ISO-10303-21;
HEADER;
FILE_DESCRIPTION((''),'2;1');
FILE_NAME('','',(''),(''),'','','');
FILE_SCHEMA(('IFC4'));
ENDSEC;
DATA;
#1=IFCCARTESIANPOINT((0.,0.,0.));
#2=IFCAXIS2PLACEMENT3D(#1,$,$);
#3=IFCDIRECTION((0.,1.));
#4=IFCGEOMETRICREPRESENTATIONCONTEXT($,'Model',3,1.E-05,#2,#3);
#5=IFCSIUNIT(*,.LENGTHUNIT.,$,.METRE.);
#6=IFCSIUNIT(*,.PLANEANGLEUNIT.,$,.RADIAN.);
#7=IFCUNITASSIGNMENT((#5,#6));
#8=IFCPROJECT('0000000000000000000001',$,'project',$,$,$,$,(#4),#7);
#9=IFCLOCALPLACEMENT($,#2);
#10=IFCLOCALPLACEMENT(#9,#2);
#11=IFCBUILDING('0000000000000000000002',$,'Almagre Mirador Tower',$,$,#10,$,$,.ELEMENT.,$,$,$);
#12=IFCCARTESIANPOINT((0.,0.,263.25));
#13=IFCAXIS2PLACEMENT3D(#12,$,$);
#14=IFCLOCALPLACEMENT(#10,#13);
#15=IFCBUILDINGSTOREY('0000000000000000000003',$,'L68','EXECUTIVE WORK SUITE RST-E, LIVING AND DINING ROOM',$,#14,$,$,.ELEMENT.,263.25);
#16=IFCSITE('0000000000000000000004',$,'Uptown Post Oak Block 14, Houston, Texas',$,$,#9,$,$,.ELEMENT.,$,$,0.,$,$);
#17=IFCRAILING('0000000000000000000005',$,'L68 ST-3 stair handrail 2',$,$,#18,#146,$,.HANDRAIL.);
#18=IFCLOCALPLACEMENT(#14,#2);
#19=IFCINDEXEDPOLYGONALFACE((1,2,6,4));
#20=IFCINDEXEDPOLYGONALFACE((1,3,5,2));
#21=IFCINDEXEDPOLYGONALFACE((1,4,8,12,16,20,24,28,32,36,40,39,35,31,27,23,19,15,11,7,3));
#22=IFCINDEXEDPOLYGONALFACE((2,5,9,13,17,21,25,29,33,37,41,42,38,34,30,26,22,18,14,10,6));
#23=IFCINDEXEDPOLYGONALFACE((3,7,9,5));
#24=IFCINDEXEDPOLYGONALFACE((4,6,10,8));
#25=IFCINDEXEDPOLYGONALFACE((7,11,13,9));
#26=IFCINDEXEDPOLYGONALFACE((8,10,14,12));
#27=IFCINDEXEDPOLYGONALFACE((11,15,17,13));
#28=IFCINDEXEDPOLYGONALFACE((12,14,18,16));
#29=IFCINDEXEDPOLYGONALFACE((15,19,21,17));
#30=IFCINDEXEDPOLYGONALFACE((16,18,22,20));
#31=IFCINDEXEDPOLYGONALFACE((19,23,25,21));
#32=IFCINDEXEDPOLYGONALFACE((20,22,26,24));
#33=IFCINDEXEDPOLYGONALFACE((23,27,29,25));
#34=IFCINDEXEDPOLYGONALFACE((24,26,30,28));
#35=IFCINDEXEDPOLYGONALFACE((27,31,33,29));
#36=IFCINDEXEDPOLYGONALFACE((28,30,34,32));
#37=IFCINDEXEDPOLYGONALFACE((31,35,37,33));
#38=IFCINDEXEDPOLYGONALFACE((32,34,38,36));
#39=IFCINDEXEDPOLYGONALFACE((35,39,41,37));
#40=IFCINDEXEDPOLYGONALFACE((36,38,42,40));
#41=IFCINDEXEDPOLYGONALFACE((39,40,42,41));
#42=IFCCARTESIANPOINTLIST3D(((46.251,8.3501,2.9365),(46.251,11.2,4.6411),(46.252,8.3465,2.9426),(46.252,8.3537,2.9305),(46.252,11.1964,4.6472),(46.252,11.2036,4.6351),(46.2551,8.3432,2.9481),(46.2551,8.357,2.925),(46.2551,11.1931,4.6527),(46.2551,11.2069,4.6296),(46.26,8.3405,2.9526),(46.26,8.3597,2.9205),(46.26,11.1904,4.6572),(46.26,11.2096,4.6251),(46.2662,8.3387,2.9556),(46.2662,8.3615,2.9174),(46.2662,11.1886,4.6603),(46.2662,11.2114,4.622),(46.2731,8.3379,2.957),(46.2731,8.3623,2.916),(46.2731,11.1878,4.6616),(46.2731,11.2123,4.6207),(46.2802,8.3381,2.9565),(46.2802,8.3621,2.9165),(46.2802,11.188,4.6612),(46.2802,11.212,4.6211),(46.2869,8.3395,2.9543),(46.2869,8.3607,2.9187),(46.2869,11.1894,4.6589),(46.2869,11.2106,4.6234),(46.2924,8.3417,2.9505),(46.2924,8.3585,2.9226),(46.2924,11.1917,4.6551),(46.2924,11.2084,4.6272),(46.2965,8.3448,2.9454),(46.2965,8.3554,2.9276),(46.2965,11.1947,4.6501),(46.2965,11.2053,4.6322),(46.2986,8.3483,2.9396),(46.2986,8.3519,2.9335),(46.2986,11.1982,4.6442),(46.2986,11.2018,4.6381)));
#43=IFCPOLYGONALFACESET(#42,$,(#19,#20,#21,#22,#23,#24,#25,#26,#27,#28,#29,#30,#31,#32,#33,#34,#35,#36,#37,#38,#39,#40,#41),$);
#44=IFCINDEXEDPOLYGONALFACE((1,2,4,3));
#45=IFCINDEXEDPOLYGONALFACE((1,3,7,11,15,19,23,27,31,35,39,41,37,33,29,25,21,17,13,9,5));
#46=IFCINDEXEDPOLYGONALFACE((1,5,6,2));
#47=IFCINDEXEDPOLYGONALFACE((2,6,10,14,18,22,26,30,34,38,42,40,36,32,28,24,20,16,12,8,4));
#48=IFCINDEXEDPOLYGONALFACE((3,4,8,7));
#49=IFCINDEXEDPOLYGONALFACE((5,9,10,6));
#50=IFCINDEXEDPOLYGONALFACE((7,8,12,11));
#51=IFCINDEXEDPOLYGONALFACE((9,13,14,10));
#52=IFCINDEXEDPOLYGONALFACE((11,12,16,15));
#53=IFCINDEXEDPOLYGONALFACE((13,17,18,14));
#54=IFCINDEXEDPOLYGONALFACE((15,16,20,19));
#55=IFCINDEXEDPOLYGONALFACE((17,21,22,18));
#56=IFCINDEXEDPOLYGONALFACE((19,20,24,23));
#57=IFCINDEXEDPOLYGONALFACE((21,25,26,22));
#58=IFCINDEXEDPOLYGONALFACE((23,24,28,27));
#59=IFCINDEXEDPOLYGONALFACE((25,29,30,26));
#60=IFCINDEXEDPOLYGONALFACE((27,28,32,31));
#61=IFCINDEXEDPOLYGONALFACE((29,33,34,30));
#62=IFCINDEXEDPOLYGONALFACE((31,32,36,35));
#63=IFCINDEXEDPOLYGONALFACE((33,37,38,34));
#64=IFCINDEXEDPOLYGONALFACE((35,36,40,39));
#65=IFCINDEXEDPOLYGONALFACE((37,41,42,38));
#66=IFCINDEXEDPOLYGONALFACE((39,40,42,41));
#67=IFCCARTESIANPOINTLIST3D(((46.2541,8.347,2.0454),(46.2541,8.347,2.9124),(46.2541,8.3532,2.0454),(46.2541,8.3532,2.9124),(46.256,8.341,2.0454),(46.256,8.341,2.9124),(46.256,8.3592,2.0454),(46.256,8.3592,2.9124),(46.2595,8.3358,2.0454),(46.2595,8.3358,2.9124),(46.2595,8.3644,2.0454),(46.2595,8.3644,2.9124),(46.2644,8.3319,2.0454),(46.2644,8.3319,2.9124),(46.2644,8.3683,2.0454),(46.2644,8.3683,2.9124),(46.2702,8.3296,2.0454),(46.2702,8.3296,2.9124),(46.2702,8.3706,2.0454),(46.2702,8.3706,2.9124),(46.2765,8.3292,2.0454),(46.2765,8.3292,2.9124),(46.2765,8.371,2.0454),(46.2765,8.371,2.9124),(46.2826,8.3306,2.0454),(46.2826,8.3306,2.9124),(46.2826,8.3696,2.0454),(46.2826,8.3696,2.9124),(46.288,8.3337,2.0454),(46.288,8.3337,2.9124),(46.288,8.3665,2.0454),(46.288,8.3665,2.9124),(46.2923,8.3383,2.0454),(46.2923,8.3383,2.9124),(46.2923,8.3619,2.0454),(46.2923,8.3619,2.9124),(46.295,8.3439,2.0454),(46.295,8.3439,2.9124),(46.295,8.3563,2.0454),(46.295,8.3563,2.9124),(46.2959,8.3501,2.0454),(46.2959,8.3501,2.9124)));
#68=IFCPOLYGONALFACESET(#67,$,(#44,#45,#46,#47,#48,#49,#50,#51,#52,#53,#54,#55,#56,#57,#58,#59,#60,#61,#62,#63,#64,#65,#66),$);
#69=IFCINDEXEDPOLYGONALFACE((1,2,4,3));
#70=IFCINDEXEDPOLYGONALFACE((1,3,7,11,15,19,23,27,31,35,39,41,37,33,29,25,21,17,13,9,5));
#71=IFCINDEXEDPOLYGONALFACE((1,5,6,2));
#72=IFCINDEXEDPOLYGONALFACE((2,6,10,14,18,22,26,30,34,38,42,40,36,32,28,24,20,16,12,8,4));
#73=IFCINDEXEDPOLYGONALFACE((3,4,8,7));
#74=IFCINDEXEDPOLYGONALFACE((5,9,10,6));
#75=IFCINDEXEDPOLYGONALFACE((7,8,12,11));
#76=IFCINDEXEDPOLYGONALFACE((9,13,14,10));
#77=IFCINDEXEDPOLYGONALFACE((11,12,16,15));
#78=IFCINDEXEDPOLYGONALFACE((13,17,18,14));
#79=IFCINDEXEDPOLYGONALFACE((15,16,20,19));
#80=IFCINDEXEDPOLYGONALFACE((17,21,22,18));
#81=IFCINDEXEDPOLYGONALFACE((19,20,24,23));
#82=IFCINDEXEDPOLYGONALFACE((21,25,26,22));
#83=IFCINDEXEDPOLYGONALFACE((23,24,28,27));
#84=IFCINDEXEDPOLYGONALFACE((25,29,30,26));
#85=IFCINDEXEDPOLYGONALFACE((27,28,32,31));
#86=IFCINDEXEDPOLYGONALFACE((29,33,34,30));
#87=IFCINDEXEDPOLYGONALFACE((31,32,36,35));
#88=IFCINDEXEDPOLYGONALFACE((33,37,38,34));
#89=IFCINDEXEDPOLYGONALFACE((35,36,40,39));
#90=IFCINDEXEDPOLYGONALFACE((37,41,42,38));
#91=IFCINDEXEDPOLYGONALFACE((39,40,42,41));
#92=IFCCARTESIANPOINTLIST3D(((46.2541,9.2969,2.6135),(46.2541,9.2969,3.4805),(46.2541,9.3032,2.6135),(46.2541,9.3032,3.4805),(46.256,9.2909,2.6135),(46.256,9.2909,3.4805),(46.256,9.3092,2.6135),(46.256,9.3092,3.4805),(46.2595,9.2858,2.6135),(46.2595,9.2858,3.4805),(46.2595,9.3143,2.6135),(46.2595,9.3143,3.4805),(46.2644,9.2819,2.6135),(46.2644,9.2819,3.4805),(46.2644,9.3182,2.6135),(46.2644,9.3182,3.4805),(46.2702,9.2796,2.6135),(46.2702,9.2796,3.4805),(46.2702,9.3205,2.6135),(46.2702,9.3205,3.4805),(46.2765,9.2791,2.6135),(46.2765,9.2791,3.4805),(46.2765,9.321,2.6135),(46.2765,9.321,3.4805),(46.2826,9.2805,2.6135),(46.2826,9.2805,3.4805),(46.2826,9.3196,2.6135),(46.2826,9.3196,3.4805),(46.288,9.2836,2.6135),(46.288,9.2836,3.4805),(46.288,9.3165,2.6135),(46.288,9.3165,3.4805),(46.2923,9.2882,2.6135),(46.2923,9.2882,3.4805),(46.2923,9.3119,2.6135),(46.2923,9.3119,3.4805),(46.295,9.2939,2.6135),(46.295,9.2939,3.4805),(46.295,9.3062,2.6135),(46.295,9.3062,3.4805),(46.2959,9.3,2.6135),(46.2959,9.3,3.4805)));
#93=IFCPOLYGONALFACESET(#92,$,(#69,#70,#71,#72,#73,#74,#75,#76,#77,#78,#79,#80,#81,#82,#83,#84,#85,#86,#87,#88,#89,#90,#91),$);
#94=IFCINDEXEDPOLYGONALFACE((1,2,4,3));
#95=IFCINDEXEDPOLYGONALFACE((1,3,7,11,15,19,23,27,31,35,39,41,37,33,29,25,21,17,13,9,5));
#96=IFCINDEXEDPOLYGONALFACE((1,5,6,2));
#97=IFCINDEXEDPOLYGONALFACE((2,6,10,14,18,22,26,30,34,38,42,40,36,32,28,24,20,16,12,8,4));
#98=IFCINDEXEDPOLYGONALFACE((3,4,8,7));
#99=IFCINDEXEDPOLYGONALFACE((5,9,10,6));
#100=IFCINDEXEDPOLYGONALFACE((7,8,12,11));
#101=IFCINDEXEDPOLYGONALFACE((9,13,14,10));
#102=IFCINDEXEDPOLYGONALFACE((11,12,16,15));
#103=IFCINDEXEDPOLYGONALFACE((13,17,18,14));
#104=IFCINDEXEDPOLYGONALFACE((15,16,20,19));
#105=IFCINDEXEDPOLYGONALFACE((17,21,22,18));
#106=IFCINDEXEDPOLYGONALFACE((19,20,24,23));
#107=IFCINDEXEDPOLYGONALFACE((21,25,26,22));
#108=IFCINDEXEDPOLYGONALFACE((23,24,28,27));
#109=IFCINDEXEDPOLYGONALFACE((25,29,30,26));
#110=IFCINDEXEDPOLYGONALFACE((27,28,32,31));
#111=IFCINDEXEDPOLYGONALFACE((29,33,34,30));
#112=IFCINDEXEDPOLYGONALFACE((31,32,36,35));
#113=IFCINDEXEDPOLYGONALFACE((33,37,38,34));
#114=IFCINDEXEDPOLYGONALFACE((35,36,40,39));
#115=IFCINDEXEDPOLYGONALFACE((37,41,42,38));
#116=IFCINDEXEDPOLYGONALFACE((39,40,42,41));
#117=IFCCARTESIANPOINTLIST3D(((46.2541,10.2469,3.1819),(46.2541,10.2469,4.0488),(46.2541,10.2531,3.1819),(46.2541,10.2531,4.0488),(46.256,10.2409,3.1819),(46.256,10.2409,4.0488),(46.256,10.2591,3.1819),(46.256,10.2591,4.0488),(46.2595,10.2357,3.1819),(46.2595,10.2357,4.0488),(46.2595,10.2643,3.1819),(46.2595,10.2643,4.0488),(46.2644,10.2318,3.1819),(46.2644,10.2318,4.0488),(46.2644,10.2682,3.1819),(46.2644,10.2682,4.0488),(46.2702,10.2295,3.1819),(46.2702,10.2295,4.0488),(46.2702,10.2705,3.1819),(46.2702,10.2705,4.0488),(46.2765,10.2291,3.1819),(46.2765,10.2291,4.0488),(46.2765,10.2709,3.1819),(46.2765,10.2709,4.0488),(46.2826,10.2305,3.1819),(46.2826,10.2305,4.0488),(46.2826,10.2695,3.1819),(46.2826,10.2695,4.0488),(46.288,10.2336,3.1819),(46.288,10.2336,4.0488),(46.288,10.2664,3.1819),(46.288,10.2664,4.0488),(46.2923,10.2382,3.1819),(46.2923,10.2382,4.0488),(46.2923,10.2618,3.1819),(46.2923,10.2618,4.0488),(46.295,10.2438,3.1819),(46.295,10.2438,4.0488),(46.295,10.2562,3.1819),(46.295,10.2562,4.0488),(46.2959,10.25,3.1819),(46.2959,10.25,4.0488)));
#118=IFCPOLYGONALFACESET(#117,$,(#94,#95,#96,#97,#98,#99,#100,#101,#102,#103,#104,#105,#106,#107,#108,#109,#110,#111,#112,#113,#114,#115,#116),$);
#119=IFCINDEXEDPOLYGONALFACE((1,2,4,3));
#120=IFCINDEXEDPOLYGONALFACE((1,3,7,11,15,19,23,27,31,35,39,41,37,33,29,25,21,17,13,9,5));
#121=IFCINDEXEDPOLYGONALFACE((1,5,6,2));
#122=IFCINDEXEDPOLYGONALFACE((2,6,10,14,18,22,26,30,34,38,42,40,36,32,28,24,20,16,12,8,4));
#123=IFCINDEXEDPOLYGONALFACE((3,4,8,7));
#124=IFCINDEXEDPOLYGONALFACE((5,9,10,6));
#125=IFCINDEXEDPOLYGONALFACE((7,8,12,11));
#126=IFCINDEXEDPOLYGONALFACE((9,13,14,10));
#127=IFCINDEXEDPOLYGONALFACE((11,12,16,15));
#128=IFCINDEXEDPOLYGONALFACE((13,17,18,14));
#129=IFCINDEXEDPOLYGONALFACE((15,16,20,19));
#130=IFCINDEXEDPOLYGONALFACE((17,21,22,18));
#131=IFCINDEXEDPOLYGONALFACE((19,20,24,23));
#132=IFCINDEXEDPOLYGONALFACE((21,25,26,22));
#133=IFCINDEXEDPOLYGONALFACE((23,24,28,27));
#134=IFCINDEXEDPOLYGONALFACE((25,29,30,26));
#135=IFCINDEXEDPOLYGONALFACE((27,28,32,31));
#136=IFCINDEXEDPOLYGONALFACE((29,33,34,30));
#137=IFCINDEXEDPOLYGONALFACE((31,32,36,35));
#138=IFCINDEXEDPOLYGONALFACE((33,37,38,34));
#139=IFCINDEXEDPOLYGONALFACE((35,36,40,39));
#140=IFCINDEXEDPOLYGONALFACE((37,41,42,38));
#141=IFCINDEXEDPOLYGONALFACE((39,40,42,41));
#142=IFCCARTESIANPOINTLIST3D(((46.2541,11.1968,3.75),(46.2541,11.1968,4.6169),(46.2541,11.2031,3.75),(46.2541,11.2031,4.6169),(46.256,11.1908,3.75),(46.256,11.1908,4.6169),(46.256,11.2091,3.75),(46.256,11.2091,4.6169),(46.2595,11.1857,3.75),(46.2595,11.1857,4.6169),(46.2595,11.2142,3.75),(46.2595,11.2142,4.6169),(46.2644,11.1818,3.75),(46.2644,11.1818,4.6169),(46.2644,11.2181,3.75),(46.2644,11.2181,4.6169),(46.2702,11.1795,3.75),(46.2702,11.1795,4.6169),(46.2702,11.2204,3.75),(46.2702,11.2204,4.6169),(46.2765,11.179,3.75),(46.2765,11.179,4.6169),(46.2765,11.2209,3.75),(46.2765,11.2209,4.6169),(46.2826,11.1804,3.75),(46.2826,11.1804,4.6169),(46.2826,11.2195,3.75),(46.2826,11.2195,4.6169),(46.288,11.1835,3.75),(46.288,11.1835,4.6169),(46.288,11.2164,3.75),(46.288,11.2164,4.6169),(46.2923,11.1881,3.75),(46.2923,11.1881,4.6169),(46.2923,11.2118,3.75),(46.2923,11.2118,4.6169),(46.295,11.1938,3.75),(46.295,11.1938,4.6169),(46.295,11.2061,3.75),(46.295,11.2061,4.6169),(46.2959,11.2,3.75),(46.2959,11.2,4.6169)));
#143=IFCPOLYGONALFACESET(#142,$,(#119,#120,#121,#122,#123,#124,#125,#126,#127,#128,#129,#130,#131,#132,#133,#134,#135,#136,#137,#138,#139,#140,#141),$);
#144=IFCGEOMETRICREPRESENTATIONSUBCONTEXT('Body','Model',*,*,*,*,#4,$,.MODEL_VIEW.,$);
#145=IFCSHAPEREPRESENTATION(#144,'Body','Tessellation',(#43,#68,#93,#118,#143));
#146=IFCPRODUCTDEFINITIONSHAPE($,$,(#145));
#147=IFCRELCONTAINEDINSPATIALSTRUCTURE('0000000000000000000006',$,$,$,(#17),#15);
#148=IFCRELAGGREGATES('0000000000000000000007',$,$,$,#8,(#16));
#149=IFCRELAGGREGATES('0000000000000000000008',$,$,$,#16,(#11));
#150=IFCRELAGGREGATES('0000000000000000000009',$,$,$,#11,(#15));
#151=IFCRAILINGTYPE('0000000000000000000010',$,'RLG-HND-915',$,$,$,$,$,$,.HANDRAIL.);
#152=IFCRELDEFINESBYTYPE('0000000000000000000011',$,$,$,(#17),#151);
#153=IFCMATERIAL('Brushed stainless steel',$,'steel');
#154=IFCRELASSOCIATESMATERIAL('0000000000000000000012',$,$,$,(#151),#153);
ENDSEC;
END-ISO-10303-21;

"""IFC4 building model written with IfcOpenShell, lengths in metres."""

from ifc_helpers import new_model, si_unit, direction, frame, origin, origin_2d, place, context, subcontext, project, spatial, circle, extrude, material, type_object, element, save


model = new_model("IFC4")

# Units and contexts
model_context = context("Model", 3, precision=1e-05, world=origin(), true_north=direction((0.0, 1.0)))
body_context = subcontext(model_context, "Body", "Model", "MODEL_VIEW")
ifc_project = project(units=[si_unit("LENGTHUNIT", "METRE"), si_unit("PLANEANGLEUNIT", "RADIAN")], contexts=[model_context])

# Site, building, storey
site_placement = place(None, origin())
site = spatial("IfcSite", under=ifc_project, at=site_placement, Name="Uptown Post Oak Block 14, Houston, Texas", CompositionType="ELEMENT", RefElevation=0.0)
building_placement = place(site_placement, origin())
building = spatial("IfcBuilding", under=site, at=building_placement, Name="Almagre Mirador Tower", CompositionType="ELEMENT")
storey_placement = place(building_placement, frame((0.0, 0.0, 263.25)))
storey = spatial("IfcBuildingStorey", under=building, at=storey_placement, Name="L68", Description="EXECUTIVE WORK SUITE RST-E, LIVING AND DINING ROOM", CompositionType="ELEMENT", Elevation=263.25)

# Railing
ifc_material_1 = material(Name="Brushed stainless steel", Category="steel")
railing_type_1 = type_object("IfcRailingType", Name="RLG-HND-915", PredefinedType="HANDRAIL", material=ifc_material_1)
railing_1_placement = place(storey_placement, frame((46.2749, 8.3501, 2.0454)))
element("IfcRailing", 1, at=railing_1_placement, inside=storey, type_object=railing_type_1, Name="L68 ST-3 stair handrail 2", PredefinedType="HANDRAIL", context=body_context, shape_type="SweptSolid", body=[
    extrude(circle(Radius=0.0239, at=origin_2d()), frame((0.0, 0.0, 0.8911), z_axis=(0.0, 0.858199, 0.513317), x_axis=(-1.0, 0.0, 0.0)), (0.0, 0.0, 1.0), 3.3208),
    extrude(circle(Radius=0.021, at=origin_2d()), origin(), (0.0, 0.0, 1.0), 0.8669),
    extrude(circle(Radius=0.021, at=origin_2d()), frame((0.0, 0.95, 0.5681)), (0.0, 0.0, 1.0), 0.8669),
    extrude(circle(Radius=0.021, at=origin_2d()), frame((0.0, 1.8999, 1.1365)), (0.0, 0.0, 1.0), 0.8669),
    extrude(circle(Radius=0.021, at=origin_2d()), frame((0.0, 2.8499, 1.7046)), (0.0, 0.0, 1.0), 0.8669),
])

save(model, "model.ifc")
